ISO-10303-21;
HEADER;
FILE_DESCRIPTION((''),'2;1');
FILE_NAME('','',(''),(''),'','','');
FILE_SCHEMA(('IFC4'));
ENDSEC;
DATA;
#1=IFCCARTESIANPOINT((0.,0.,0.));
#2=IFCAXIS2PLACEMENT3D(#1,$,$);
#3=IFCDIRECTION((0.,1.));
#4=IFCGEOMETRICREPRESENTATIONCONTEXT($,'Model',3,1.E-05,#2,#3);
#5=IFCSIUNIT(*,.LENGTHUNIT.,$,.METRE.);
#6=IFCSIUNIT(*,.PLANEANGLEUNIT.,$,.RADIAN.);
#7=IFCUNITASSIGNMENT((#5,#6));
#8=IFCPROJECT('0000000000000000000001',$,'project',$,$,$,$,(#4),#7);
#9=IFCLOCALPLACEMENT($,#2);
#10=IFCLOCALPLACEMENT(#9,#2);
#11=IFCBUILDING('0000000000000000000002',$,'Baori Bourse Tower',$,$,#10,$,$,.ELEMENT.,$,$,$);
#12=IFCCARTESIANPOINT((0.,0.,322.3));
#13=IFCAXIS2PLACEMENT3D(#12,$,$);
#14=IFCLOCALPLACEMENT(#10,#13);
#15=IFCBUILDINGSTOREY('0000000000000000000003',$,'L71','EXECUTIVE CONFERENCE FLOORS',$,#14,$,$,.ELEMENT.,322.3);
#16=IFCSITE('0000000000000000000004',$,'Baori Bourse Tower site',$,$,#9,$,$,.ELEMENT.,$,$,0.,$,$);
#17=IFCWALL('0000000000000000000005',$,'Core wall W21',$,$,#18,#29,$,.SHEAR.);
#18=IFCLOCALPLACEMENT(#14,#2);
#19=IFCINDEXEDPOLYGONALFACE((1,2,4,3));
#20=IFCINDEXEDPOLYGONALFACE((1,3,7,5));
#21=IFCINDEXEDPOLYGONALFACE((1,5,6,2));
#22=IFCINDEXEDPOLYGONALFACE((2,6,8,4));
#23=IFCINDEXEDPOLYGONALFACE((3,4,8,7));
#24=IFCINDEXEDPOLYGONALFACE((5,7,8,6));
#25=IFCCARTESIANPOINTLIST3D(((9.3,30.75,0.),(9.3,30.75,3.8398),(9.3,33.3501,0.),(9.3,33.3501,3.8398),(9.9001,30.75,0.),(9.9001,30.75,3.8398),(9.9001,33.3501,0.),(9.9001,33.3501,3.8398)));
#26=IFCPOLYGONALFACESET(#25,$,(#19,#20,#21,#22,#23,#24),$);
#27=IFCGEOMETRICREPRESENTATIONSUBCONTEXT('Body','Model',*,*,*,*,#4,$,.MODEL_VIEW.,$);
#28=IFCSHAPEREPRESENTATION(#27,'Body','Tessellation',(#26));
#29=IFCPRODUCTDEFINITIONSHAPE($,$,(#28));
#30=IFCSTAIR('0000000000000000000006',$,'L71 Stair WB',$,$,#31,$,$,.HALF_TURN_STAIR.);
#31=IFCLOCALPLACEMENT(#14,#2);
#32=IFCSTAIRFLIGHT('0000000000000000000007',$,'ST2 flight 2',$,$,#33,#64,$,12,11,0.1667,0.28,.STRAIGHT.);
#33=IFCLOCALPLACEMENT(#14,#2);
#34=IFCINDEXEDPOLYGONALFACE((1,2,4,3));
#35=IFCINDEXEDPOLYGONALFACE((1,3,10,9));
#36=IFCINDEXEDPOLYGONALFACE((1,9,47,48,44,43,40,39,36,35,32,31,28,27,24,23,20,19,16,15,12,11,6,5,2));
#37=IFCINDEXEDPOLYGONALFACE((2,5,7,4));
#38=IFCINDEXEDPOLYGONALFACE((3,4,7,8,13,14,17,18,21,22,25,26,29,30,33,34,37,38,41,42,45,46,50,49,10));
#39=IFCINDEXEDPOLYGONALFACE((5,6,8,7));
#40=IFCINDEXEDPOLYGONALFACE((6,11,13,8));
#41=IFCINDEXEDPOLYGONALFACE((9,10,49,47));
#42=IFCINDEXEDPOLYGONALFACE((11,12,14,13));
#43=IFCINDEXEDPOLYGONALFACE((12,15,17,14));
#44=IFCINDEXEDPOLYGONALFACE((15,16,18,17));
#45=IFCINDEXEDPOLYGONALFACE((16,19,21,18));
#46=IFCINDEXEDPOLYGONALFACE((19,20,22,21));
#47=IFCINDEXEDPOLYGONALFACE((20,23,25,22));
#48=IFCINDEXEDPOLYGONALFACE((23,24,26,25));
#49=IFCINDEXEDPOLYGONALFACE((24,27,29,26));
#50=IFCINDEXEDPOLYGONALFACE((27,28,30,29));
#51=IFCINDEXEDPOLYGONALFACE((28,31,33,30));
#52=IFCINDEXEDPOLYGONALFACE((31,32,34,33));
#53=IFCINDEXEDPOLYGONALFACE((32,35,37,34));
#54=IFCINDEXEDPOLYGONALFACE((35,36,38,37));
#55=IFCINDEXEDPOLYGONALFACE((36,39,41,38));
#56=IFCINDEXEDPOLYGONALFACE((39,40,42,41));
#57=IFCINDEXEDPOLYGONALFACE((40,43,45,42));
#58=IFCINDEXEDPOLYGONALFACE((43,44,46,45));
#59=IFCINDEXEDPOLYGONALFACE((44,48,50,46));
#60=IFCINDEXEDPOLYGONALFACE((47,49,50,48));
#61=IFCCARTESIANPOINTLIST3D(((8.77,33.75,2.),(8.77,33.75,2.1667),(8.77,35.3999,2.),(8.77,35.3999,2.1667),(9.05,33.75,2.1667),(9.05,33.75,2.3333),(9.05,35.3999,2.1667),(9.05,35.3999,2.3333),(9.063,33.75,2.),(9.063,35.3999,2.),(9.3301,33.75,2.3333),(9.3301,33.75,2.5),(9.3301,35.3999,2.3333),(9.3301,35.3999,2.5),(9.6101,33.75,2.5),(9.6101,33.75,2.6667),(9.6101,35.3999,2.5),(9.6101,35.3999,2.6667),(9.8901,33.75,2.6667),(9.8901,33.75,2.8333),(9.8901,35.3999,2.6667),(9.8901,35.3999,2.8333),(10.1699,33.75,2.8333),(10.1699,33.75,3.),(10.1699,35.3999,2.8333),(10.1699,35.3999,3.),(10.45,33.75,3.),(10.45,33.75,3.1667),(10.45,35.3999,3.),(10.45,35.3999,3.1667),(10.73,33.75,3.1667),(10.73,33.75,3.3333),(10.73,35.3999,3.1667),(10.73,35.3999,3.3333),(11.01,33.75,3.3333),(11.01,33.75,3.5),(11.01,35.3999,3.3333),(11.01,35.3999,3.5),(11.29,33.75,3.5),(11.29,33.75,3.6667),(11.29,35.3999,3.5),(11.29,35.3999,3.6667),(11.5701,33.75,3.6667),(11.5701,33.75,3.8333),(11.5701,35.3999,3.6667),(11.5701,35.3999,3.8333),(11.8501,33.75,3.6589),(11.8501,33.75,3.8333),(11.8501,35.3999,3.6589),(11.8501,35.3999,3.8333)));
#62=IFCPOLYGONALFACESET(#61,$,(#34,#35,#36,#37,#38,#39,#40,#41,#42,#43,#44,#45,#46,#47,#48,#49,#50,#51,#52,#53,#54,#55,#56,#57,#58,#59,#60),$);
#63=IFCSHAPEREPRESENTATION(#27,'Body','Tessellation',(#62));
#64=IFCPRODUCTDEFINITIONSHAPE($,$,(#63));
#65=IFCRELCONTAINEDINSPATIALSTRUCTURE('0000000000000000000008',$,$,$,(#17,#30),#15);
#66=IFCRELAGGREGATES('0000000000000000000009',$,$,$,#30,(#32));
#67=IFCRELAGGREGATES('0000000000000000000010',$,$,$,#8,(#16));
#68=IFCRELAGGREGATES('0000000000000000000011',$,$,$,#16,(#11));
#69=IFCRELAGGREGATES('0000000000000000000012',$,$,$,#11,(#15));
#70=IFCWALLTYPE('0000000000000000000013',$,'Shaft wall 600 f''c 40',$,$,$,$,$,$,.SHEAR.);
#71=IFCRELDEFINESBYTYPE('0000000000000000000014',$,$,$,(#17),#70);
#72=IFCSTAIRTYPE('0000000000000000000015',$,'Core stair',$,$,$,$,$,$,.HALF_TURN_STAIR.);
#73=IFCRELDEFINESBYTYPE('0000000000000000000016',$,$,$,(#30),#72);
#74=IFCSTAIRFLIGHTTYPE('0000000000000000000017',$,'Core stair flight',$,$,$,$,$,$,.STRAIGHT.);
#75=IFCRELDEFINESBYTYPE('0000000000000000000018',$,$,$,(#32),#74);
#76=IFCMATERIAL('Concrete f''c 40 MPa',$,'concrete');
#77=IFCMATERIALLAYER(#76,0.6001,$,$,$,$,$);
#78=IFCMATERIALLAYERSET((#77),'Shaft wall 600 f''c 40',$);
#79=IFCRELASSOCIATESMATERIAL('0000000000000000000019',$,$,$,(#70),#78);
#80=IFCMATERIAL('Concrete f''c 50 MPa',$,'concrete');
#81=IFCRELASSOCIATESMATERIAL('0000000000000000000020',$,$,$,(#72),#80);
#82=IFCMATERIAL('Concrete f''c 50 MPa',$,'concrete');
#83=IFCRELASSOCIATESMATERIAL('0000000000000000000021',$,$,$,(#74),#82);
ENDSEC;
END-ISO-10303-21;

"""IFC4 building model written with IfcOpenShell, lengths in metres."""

from ifc_helpers import new_model, si_unit, direction, frame, frame_2d, origin, place, context, subcontext, project, spatial, polyline, rectangle, outline, extrude, material, layer, layer_set, type_object, element, aggregate, save


model = new_model("IFC4")

# Units and contexts
model_context = context("Model", 3, precision=1e-05, world=origin(), true_north=direction((0.0, 1.0)))
body_context = subcontext(model_context, "Body", "Model", "MODEL_VIEW")
ifc_project = project(units=[si_unit("LENGTHUNIT", "METRE"), si_unit("PLANEANGLEUNIT", "RADIAN")], contexts=[model_context])

# Site, building, storey
site_placement = place(None, origin())
site = spatial("IfcSite", under=ifc_project, at=site_placement, Name="Baori Bourse Tower site", CompositionType="ELEMENT", RefElevation=0.0)
building_placement = place(site_placement, origin())
building = spatial("IfcBuilding", under=site, at=building_placement, Name="Baori Bourse Tower", CompositionType="ELEMENT")
storey_placement = place(building_placement, frame((0.0, 0.0, 322.3)))
storey = spatial("IfcBuildingStorey", under=building, at=storey_placement, Name="L71", Description="EXECUTIVE CONFERENCE FLOORS", CompositionType="ELEMENT", Elevation=322.3)

# Wall
ifc_material_1 = material(Name="Concrete f'c 40 MPa", Category="concrete")
ifc_layer_1 = layer(ifc_material_1, 0.6001)
ifc_layer_set_1 = layer_set([ifc_layer_1], Name="Shaft wall 600 f'c 40")
wall_type_1 = type_object("IfcWallType", Name="Shaft wall 600 f'c 40", PredefinedType="SHEAR", material=ifc_layer_set_1)
for number, where, z_axis, x_axis, name in (
    (1, (9.6001, 30.75, 0.0), (0.0, 0.0, 1.0), (0.0, 1.0, 0.0), "Core wall W21"),
):
    element("IfcWall", number, at=place(storey_placement, frame(where, z_axis=z_axis, x_axis=x_axis)), inside=storey, type_object=wall_type_1, Name=name, PredefinedType="SHEAR", context=body_context, shape_type="SweptSolid", body=[
        extrude(rectangle(XDim=2.6001, YDim=0.6001, at=frame_2d((1.3, 0.0))), origin(), (0.0, 0.0, 1.0), 3.8398),
    ])

# Stair, stair flight
ifc_material_2 = material(Name="Concrete f'c 50 MPa", Category="concrete")
stair_type = type_object("IfcStairType", Name="Core stair", PredefinedType="HALF_TURN_STAIR", material=ifc_material_2)
stair_placement = place(storey_placement, origin())
stair = element("IfcStair", 2, at=stair_placement, inside=storey, type_object=stair_type, Name="L71 Stair WB", PredefinedType="HALF_TURN_STAIR")
ifc_material_3 = material(Name="Concrete f'c 50 MPa", Category="concrete")
stair_flight_type = type_object("IfcStairFlightType", Name="Core stair flight", PredefinedType="STRAIGHT", material=ifc_material_3)
stair_flight_placement = place(storey_placement, frame((8.77, 34.575, 2.0), z_axis=(0.0, 0.0, 1.0), x_axis=(1.0, 0.0, 0.0)))
stair_flight = element("IfcStairFlight", 3, at=stair_flight_placement, type_object=stair_flight_type, Name="ST2 flight 2", NumberOfRisers=12, NumberOfTreads=11, PredefinedType="STRAIGHT", RiserHeight=0.1667, TreadLength=0.28, context=body_context, shape_type="SweptSolid", body=[
    extrude(outline(polyline([(0.0, 0.0), (0.0, 0.1667), (0.28, 0.1667), (0.28, 0.3333), (0.5601, 0.3333), (0.5601, 0.5), (0.8401, 0.5), (0.8401, 0.6667), (1.1201, 0.6667), (1.1201, 0.8333), (1.3999, 0.8333), (1.3999, 1.0), (1.6799, 1.0), (1.6799, 1.1667), (1.96, 1.1667), (1.96, 1.3333), (2.24, 1.3333), (2.24, 1.5), (2.52, 1.5), (2.52, 1.6667), (2.8, 1.6667), (2.8, 1.8333), (3.0801, 1.8333), (3.0801, 2.0), (3.0801, 1.6589), (0.293, 0.0), (0.0, 0.0)])), frame((0.0, 0.825, 0.0), z_axis=(0.0, -1.0, 0.0), x_axis=(1.0, 0.0, 0.0)), (0.0, 0.0, 1.0), 1.6499),
])
aggregate(stair, [stair_flight])

save(model, "model.ifc")
